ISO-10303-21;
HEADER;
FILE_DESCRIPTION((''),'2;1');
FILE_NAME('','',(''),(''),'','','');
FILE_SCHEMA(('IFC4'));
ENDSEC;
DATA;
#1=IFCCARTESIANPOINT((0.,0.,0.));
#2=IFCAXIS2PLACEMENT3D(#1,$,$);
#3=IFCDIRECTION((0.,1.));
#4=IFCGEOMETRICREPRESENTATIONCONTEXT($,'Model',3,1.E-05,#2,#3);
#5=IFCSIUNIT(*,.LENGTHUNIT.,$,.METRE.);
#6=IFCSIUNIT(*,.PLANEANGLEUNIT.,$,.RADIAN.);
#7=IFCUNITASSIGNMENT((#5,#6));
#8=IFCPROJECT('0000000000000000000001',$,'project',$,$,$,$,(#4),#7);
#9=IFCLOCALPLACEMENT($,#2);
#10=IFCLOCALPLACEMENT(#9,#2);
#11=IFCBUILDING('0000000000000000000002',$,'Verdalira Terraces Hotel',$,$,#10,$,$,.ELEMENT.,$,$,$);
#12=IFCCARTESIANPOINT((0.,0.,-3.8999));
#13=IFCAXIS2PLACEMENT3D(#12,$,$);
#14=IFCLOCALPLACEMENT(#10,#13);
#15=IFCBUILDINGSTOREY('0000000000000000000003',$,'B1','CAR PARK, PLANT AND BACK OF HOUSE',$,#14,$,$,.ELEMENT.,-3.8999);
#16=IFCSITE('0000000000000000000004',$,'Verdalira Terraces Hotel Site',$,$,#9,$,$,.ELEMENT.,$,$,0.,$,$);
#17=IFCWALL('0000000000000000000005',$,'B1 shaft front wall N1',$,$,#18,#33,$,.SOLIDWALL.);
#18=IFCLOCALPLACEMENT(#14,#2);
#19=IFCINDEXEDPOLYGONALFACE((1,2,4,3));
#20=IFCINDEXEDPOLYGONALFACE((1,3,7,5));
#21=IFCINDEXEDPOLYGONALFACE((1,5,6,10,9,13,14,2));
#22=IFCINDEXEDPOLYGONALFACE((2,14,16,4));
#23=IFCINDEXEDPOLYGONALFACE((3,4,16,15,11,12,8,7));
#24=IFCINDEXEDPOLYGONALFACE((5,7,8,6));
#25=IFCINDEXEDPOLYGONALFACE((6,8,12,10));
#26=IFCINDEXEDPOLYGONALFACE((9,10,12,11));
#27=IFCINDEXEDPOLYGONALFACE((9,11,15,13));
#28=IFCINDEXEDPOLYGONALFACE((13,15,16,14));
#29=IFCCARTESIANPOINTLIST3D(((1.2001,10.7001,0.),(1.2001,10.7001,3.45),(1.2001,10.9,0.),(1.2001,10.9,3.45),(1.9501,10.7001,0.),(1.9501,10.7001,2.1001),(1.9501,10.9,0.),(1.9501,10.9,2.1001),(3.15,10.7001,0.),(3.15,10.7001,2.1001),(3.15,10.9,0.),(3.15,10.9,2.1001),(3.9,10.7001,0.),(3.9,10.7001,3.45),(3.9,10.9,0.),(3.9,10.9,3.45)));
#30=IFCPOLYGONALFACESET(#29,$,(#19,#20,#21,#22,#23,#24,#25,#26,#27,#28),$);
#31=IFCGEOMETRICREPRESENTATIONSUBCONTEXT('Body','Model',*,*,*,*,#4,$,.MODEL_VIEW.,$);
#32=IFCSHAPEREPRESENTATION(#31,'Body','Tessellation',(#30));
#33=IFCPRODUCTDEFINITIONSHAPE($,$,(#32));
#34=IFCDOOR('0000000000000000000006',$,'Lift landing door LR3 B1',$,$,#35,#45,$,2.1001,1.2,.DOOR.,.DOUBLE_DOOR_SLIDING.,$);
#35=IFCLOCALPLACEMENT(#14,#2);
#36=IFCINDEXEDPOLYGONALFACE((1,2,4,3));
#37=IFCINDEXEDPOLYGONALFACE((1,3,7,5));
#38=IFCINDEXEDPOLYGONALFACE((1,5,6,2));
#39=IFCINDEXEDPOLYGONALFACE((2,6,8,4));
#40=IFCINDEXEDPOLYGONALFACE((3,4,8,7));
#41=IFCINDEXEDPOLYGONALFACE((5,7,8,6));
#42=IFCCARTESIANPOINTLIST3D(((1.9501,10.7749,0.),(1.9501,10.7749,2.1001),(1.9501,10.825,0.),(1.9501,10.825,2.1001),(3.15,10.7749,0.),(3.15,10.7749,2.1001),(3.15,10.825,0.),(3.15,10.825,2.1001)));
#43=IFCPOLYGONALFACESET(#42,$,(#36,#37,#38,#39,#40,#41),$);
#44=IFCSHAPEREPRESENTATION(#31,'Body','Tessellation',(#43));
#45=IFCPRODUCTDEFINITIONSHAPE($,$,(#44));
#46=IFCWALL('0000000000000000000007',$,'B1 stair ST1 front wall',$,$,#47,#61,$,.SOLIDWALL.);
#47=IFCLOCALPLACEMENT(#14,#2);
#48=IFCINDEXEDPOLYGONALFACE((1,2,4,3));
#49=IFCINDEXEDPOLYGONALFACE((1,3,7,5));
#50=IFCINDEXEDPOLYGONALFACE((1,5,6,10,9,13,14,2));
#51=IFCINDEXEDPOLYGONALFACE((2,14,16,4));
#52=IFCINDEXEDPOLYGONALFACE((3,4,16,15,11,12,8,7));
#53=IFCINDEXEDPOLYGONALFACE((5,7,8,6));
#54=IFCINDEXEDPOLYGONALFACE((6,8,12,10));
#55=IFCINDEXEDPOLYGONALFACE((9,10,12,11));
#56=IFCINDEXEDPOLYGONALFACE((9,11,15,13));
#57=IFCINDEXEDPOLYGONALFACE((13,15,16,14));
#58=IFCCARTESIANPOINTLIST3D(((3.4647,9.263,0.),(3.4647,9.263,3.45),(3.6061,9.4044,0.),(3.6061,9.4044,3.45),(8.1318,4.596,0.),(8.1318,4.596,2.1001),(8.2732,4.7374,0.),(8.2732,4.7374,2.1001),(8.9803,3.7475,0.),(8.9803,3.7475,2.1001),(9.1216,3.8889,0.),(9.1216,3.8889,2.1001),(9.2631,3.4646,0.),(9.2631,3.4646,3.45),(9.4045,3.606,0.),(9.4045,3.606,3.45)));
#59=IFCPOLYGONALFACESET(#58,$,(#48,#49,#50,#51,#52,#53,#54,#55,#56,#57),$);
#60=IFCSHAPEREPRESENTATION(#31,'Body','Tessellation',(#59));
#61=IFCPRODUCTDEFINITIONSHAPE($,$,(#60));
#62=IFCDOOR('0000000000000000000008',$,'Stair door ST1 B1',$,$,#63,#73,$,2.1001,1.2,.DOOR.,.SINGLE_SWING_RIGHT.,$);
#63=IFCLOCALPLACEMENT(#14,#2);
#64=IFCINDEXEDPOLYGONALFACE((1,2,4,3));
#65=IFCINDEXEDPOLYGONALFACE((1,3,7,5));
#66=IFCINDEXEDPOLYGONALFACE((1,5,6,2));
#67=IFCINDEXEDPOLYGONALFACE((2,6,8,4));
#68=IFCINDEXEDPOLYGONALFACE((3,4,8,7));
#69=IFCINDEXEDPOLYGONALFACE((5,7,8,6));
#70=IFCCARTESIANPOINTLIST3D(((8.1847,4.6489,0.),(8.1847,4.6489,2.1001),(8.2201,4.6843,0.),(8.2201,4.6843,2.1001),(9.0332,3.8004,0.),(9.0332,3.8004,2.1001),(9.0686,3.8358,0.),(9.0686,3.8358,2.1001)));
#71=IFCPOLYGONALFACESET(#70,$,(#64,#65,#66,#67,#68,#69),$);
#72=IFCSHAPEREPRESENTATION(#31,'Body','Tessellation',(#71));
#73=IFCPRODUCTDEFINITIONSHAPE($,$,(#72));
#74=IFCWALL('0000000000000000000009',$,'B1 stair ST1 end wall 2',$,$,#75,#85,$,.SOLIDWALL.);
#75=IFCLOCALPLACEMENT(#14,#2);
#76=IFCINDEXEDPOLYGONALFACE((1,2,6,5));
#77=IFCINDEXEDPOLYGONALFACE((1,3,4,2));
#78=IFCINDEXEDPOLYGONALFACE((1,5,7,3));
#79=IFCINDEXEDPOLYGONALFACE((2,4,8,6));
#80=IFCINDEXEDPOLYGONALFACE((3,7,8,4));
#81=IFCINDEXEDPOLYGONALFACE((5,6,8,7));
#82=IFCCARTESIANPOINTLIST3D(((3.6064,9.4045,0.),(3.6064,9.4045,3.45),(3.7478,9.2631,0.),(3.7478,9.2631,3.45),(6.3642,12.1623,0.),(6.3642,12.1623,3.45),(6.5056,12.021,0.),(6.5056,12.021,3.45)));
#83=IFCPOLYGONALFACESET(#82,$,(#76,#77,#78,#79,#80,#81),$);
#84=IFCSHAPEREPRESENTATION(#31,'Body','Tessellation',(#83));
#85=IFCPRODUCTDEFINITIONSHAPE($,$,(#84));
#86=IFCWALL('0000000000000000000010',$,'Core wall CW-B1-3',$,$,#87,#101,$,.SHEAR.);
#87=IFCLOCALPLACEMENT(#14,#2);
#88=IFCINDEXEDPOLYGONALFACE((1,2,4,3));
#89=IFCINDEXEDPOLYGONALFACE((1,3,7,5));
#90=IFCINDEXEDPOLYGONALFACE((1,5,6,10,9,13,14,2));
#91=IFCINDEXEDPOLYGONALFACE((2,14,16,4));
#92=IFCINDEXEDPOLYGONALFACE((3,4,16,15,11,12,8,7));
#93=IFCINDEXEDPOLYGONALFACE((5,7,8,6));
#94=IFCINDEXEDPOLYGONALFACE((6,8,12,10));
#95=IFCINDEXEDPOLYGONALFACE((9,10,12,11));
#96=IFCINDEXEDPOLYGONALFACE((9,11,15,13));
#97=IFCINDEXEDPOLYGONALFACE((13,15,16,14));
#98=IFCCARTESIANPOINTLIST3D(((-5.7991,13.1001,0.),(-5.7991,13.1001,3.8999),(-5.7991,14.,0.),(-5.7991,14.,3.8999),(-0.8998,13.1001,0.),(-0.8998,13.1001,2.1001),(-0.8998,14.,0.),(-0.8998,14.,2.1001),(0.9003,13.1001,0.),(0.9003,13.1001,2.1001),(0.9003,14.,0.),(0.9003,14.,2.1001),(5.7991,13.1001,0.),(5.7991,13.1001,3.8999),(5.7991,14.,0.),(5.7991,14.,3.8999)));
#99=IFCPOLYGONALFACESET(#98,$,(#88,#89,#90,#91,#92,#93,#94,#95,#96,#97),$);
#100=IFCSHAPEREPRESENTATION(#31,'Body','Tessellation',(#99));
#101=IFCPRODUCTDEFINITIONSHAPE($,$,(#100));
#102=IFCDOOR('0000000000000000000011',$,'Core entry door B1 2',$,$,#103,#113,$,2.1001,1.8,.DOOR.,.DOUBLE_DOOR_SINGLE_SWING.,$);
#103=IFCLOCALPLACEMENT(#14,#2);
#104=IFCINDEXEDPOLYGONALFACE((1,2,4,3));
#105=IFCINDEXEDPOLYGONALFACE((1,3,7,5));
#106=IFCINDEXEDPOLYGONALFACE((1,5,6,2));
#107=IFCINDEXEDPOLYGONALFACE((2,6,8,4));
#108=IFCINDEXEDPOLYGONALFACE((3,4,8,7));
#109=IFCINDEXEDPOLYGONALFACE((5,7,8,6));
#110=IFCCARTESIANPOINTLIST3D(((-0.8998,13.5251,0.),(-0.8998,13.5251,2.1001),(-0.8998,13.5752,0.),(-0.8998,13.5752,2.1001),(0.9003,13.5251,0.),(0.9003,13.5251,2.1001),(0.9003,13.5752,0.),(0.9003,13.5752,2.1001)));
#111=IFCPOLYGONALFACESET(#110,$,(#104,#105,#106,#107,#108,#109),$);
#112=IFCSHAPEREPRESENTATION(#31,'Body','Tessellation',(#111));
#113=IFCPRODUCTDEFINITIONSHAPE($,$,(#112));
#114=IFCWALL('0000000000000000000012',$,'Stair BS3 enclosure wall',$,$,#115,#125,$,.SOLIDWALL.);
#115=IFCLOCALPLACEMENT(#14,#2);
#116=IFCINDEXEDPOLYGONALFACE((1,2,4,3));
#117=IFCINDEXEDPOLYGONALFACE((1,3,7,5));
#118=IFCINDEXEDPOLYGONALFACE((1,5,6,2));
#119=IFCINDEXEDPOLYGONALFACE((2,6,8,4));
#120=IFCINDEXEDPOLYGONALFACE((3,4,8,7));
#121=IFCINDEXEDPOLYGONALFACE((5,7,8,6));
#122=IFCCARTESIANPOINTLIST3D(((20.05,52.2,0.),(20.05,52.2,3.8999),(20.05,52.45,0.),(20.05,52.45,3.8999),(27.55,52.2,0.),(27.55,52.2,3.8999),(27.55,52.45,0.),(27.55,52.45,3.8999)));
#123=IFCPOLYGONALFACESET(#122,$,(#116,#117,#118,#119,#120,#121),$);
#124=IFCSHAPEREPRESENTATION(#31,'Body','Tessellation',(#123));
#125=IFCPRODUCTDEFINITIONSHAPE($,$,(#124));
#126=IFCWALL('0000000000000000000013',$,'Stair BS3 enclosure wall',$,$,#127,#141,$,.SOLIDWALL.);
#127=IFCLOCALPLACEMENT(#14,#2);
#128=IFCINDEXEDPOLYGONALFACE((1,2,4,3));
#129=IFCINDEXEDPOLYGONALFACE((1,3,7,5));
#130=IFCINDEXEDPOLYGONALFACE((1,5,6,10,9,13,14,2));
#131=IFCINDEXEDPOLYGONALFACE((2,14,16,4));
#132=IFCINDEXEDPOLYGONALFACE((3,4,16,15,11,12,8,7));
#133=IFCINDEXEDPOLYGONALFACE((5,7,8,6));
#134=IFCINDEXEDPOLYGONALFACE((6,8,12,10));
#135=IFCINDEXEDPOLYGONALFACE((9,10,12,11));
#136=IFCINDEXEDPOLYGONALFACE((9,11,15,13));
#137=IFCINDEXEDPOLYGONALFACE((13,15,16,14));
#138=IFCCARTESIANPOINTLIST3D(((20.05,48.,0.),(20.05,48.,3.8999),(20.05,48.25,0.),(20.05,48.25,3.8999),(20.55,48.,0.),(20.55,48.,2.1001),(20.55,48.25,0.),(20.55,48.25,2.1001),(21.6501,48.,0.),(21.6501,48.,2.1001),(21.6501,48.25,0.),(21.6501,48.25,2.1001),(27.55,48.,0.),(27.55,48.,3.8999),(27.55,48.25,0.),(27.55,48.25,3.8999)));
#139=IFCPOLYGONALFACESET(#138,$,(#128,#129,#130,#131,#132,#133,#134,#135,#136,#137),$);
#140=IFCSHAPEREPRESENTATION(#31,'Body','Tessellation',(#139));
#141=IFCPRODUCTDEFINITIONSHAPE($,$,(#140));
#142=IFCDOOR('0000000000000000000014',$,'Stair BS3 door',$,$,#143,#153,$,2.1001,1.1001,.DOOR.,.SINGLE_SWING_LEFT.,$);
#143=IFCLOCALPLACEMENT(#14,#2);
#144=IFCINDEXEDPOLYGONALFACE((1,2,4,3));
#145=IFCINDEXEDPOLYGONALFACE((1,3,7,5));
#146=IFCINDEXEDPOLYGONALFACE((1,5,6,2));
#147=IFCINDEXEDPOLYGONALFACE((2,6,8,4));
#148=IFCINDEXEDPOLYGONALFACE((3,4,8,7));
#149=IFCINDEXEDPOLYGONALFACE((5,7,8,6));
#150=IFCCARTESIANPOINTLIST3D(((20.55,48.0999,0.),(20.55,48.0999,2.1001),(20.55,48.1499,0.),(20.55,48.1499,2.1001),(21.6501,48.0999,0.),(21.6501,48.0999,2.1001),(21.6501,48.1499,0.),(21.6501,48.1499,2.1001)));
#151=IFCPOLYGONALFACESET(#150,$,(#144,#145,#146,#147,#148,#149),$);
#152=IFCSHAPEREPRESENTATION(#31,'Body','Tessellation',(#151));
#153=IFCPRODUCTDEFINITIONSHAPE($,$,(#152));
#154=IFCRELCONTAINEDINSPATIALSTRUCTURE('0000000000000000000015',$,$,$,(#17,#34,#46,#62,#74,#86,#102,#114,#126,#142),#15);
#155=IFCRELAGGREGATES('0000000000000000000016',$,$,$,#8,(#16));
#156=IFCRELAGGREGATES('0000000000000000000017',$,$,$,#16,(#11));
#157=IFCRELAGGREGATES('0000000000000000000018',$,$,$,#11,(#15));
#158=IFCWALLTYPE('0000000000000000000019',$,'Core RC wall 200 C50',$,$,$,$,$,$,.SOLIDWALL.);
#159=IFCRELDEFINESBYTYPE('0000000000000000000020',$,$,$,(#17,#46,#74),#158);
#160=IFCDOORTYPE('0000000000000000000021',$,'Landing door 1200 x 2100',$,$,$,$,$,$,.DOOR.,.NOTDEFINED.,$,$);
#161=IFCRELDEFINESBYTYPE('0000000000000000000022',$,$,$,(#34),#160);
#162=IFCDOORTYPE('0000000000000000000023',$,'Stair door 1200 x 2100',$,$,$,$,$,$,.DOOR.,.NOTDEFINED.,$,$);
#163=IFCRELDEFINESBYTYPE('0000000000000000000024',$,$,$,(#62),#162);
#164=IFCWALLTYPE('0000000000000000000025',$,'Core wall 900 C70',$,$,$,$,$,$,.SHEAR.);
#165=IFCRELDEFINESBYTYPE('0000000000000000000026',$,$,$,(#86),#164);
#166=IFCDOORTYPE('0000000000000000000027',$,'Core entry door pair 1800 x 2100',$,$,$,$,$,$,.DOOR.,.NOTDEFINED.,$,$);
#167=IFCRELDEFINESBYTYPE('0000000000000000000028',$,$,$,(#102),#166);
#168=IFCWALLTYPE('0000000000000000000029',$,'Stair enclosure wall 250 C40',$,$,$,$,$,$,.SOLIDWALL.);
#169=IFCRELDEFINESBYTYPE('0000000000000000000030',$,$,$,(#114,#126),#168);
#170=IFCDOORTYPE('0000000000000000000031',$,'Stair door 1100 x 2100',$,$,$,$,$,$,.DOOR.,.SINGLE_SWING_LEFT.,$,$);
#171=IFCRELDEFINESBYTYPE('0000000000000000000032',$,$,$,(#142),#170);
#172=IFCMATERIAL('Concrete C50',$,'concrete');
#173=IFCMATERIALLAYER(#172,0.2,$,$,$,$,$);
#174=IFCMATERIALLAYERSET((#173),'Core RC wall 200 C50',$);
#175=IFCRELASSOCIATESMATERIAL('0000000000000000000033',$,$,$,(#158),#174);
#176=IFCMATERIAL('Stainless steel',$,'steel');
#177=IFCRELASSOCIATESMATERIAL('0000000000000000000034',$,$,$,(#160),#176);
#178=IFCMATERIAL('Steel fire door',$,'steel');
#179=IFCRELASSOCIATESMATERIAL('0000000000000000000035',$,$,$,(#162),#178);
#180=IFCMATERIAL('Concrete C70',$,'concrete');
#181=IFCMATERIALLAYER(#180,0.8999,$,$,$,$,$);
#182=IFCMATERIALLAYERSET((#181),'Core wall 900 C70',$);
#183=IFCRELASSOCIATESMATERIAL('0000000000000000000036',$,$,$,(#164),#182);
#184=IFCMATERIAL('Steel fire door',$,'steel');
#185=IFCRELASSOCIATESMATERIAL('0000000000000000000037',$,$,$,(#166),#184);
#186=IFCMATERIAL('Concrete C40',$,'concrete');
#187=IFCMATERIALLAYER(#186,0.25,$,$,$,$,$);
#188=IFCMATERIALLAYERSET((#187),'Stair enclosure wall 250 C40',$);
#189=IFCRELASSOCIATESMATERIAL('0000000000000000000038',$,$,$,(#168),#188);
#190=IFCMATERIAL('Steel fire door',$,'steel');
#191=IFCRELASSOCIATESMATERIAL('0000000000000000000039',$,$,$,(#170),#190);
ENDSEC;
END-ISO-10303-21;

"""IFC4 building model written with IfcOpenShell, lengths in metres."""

from ifc_helpers import new_model, si_unit, direction, frame, frame_2d, origin, place, context, subcontext, project, spatial, rectangle, extrude, material, layer, layer_set, type_object, element, fill, save


model = new_model("IFC4")

# Units and contexts
model_context = context("Model", 3, precision=1e-05, world=origin(), true_north=direction((0.0, 1.0)))
body_context = subcontext(model_context, "Body", "Model", "MODEL_VIEW")
ifc_project = project(units=[si_unit("LENGTHUNIT", "METRE"), si_unit("PLANEANGLEUNIT", "RADIAN")], contexts=[model_context])

# Site, building, storey
site_placement = place(None, origin())
site = spatial("IfcSite", under=ifc_project, at=site_placement, Name="Verdalira Terraces Hotel Site", CompositionType="ELEMENT", RefElevation=0.0)
building_placement = place(site_placement, origin())
building = spatial("IfcBuilding", under=site, at=building_placement, Name="Verdalira Terraces Hotel", CompositionType="ELEMENT")
storey_placement = place(building_placement, frame((0.0, 0.0, -3.8999)))
storey = spatial("IfcBuildingStorey", under=building, at=storey_placement, Name="B1", Description="CAR PARK, PLANT AND BACK OF HOUSE", CompositionType="ELEMENT", Elevation=-3.8999)

# Walls, openings, doors
ifc_material_1 = material(Name="Concrete C50", Category="concrete")
ifc_layer_1 = layer(ifc_material_1, 0.2)
ifc_layer_set_1 = layer_set([ifc_layer_1], Name="Core RC wall 200 C50")
wall_type_1 = type_object("IfcWallType", Name="Core RC wall 200 C50", PredefinedType="SOLIDWALL", material=ifc_layer_set_1)
wall_1_placement = place(storey_placement, frame((1.2, 10.8, 0.0), z_axis=(0.0, 0.0, 1.0), x_axis=(1.0, 0.0, 0.0)))
wall_1 = element("IfcWall", 1, at=wall_1_placement, inside=storey, type_object=wall_type_1, Name="B1 shaft front wall N1", PredefinedType="SOLIDWALL", context=body_context, shape_type="SweptSolid", body=[
    extrude(rectangle(XDim=2.7, YDim=0.2, at=frame_2d((1.3501, 0.0))), origin(), (0.0, 0.0, 1.0), 3.45),
])
opening_1_placement = place(wall_1_placement, frame((0.75, 0.0, 0.0)))
opening_1 = element("IfcOpeningElement", 2, at=opening_1_placement, cuts=wall_1, PredefinedType="OPENING", context=body_context, shape_type="SweptSolid", body=[
    extrude(rectangle(XDim=1.2, YDim=2.1001, at=frame_2d((0.6001, 1.05))), frame((0.0, 0.1099, 0.0), z_axis=(0.0, -1.0, 0.0), x_axis=(1.0, 0.0, 0.0)), (0.0, 0.0, 1.0), 0.22),
])
ifc_material_2 = material(Name="Stainless steel", Category="steel")
door_type_1 = type_object("IfcDoorType", Name="Landing door 1200 x 2100", OperationType="NOTDEFINED", PredefinedType="DOOR", material=ifc_material_2)
door_1_placement = place(opening_1_placement, origin())
door_1 = element("IfcDoor", 3, at=door_1_placement, inside=storey, type_object=door_type_1, Name="Lift landing door LR3 B1", OperationType="DOUBLE_DOOR_SLIDING", OverallHeight=2.1001, OverallWidth=1.2, PredefinedType="DOOR", context=body_context, shape_type="SweptSolid", body=[
    extrude(rectangle(XDim=1.2, YDim=2.1001, at=frame_2d((0.6001, 1.05))), frame((0.0, 0.0249, 0.0), z_axis=(0.0, -1.0, 0.0), x_axis=(1.0, 0.0, 0.0)), (0.0, 0.0, 1.0), 0.05),
])
fill(opening_1, door_1)
wall_2_placement = place(storey_placement, frame((3.5354, 9.3337, 0.0), z_axis=(0.0, 0.0, 1.0), x_axis=(0.707107, -0.707107, 0.0)))
wall_2 = element("IfcWall", 4, at=wall_2_placement, inside=storey, type_object=wall_type_1, Name="B1 stair ST1 front wall", PredefinedType="SOLIDWALL", context=body_context, shape_type="SweptSolid", body=[
    extrude(rectangle(XDim=8.2002, YDim=0.2, at=frame_2d((4.1001, 0.0))), origin(), (0.0, 0.0, 1.0), 3.45),
])
opening_2_placement = place(wall_2_placement, frame((6.6001, 0.0, 0.0)))
opening_2 = element("IfcOpeningElement", 5, at=opening_2_placement, cuts=wall_2, PredefinedType="OPENING", context=body_context, shape_type="SweptSolid", body=[
    extrude(rectangle(XDim=1.2, YDim=2.1001, at=frame_2d((0.6001, 1.05))), frame((0.0, 0.1099, 0.0), z_axis=(0.0, -1.0, 0.0), x_axis=(1.0, 0.0, 0.0)), (0.0, 0.0, 1.0), 0.22),
])
ifc_material_3 = material(Name="Steel fire door", Category="steel")
door_type_2 = type_object("IfcDoorType", Name="Stair door 1200 x 2100", OperationType="NOTDEFINED", PredefinedType="DOOR", material=ifc_material_3)
door_2_placement = place(opening_2_placement, origin())
door_2 = element("IfcDoor", 6, at=door_2_placement, inside=storey, type_object=door_type_2, Name="Stair door ST1 B1", OperationType="SINGLE_SWING_RIGHT", OverallHeight=2.1001, OverallWidth=1.2, PredefinedType="DOOR", context=body_context, shape_type="SweptSolid", body=[
    extrude(rectangle(XDim=1.2, YDim=2.1001, at=frame_2d((0.6001, 1.05))), frame((0.0, 0.0249, 0.0), z_axis=(0.0, -1.0, 0.0), x_axis=(1.0, 0.0, 0.0)), (0.0, 0.0, 1.0), 0.05),
])
fill(opening_2, door_2)

# Wall
wall_3_placement = place(storey_placement, frame((3.677, 9.3337, 0.0), z_axis=(0.0, 0.0, 1.0), x_axis=(0.707107, 0.707107, 0.0)))
element("IfcWall", 7, at=wall_3_placement, inside=storey, type_object=wall_type_1, Name="B1 stair ST1 end wall 2", PredefinedType="SOLIDWALL", context=body_context, shape_type="SweptSolid", body=[
    extrude(rectangle(XDim=3.9001, YDim=0.2, at=frame_2d((1.9502, 0.0))), origin(), (0.0, 0.0, 1.0), 3.45),
])

# Wall, opening, door
ifc_material_4 = material(Name="Concrete C70", Category="concrete")
ifc_layer_2 = layer(ifc_material_4, 0.8999)
ifc_layer_set_2 = layer_set([ifc_layer_2], Name="Core wall 900 C70")
wall_type_2 = type_object("IfcWallType", Name="Core wall 900 C70", PredefinedType="SHEAR", material=ifc_layer_set_2)
wall_4_placement = place(storey_placement, frame((5.7991, 13.55, 0.0), z_axis=(0.0, 0.0, 1.0), x_axis=(-1.0, 0.0, 0.0)))
wall_4 = element("IfcWall", 8, at=wall_4_placement, inside=storey, type_object=wall_type_2, Name="Core wall CW-B1-3", PredefinedType="SHEAR", context=body_context, shape_type="SweptSolid", body=[
    extrude(rectangle(XDim=11.5981, YDim=0.8999, at=frame_2d((5.7991, 0.0))), origin(), (0.0, 0.0, 1.0), 3.8999),
])
opening_3_placement = place(wall_4_placement, frame((4.8989, 0.0, 0.0)))
opening_3 = element("IfcOpeningElement", 9, at=opening_3_placement, cuts=wall_4, PredefinedType="OPENING", context=body_context, shape_type="SweptSolid", body=[
    extrude(rectangle(XDim=1.8, YDim=2.1001, at=frame_2d((0.8999, 1.05))), frame((0.0, 0.46, 0.0), z_axis=(0.0, -1.0, 0.0), x_axis=(1.0, 0.0, 0.0)), (0.0, 0.0, 1.0), 0.9199),
])
ifc_material_5 = material(Name="Steel fire door", Category="steel")
door_type_3 = type_object("IfcDoorType", Name="Core entry door pair 1800 x 2100", OperationType="NOTDEFINED", PredefinedType="DOOR", material=ifc_material_5)
door_3_placement = place(opening_3_placement, origin())
door_3 = element("IfcDoor", 10, at=door_3_placement, inside=storey, type_object=door_type_3, Name="Core entry door B1 2", OperationType="DOUBLE_DOOR_SINGLE_SWING", OverallHeight=2.1001, OverallWidth=1.8, PredefinedType="DOOR", context=body_context, shape_type="SweptSolid", body=[
    extrude(rectangle(XDim=1.8, YDim=2.1001, at=frame_2d((0.8999, 1.05))), frame((0.0, 0.0249, 0.0), z_axis=(0.0, -1.0, 0.0), x_axis=(1.0, 0.0, 0.0)), (0.0, 0.0, 1.0), 0.05),
])
fill(opening_3, door_3)

# Wall
ifc_material_6 = material(Name="Concrete C40", Category="concrete")
ifc_layer_3 = layer(ifc_material_6, 0.25)
ifc_layer_set_3 = layer_set([ifc_layer_3], Name="Stair enclosure wall 250 C40")
wall_type_3 = type_object("IfcWallType", Name="Stair enclosure wall 250 C40", PredefinedType="SOLIDWALL", material=ifc_layer_set_3)
wall_5_placement = place(storey_placement, frame((20.05, 52.325, 0.0), z_axis=(0.0, 0.0, 1.0), x_axis=(1.0, 0.0, 0.0)))
element("IfcWall", 11, at=wall_5_placement, inside=storey, type_object=wall_type_3, Name="Stair BS3 enclosure wall", PredefinedType="SOLIDWALL", context=body_context, shape_type="SweptSolid", body=[
    extrude(rectangle(XDim=7.5, YDim=0.25, at=frame_2d((3.75, 0.0))), origin(), (0.0, 0.0, 1.0), 3.8999),
])

# Wall, opening, door
wall_6_placement = place(storey_placement, frame((20.05, 48.125, 0.0), z_axis=(0.0, 0.0, 1.0), x_axis=(1.0, 0.0, 0.0)))
wall_6 = element("IfcWall", 12, at=wall_6_placement, inside=storey, type_object=wall_type_3, Name="Stair BS3 enclosure wall", PredefinedType="SOLIDWALL", context=body_context, shape_type="SweptSolid", body=[
    extrude(rectangle(XDim=7.5, YDim=0.25, at=frame_2d((3.75, 0.0))), origin(), (0.0, 0.0, 1.0), 3.8999),
])
opening_4_placement = place(wall_6_placement, frame((0.5, 0.0, 0.0)))
opening_4 = element("IfcOpeningElement", 13, at=opening_4_placement, cuts=wall_6, PredefinedType="OPENING", context=body_context, shape_type="SweptSolid", body=[
    extrude(rectangle(XDim=1.1001, YDim=2.1001, at=frame_2d((0.55, 1.05))), frame((0.0, 0.135, 0.0), z_axis=(0.0, -1.0, 0.0), x_axis=(1.0, 0.0, 0.0)), (0.0, 0.0, 1.0), 0.27),
])
ifc_material_7 = material(Name="Steel fire door", Category="steel")
door_type_4 = type_object("IfcDoorType", Name="Stair door 1100 x 2100", OperationType="SINGLE_SWING_LEFT", PredefinedType="DOOR", material=ifc_material_7)
door_4_placement = place(opening_4_placement, origin())
door_4 = element("IfcDoor", 14, at=door_4_placement, inside=storey, type_object=door_type_4, Name="Stair BS3 door", OperationType="SINGLE_SWING_LEFT", OverallHeight=2.1001, OverallWidth=1.1001, PredefinedType="DOOR", context=body_context, shape_type="SweptSolid", body=[
    extrude(rectangle(XDim=1.1001, YDim=2.1001, at=frame_2d((0.55, 1.05))), frame((0.0, 0.0249, 0.0), z_axis=(0.0, -1.0, 0.0), x_axis=(1.0, 0.0, 0.0)), (0.0, 0.0, 1.0), 0.05),
])
fill(opening_4, door_4)

save(model, "model.ifc")
